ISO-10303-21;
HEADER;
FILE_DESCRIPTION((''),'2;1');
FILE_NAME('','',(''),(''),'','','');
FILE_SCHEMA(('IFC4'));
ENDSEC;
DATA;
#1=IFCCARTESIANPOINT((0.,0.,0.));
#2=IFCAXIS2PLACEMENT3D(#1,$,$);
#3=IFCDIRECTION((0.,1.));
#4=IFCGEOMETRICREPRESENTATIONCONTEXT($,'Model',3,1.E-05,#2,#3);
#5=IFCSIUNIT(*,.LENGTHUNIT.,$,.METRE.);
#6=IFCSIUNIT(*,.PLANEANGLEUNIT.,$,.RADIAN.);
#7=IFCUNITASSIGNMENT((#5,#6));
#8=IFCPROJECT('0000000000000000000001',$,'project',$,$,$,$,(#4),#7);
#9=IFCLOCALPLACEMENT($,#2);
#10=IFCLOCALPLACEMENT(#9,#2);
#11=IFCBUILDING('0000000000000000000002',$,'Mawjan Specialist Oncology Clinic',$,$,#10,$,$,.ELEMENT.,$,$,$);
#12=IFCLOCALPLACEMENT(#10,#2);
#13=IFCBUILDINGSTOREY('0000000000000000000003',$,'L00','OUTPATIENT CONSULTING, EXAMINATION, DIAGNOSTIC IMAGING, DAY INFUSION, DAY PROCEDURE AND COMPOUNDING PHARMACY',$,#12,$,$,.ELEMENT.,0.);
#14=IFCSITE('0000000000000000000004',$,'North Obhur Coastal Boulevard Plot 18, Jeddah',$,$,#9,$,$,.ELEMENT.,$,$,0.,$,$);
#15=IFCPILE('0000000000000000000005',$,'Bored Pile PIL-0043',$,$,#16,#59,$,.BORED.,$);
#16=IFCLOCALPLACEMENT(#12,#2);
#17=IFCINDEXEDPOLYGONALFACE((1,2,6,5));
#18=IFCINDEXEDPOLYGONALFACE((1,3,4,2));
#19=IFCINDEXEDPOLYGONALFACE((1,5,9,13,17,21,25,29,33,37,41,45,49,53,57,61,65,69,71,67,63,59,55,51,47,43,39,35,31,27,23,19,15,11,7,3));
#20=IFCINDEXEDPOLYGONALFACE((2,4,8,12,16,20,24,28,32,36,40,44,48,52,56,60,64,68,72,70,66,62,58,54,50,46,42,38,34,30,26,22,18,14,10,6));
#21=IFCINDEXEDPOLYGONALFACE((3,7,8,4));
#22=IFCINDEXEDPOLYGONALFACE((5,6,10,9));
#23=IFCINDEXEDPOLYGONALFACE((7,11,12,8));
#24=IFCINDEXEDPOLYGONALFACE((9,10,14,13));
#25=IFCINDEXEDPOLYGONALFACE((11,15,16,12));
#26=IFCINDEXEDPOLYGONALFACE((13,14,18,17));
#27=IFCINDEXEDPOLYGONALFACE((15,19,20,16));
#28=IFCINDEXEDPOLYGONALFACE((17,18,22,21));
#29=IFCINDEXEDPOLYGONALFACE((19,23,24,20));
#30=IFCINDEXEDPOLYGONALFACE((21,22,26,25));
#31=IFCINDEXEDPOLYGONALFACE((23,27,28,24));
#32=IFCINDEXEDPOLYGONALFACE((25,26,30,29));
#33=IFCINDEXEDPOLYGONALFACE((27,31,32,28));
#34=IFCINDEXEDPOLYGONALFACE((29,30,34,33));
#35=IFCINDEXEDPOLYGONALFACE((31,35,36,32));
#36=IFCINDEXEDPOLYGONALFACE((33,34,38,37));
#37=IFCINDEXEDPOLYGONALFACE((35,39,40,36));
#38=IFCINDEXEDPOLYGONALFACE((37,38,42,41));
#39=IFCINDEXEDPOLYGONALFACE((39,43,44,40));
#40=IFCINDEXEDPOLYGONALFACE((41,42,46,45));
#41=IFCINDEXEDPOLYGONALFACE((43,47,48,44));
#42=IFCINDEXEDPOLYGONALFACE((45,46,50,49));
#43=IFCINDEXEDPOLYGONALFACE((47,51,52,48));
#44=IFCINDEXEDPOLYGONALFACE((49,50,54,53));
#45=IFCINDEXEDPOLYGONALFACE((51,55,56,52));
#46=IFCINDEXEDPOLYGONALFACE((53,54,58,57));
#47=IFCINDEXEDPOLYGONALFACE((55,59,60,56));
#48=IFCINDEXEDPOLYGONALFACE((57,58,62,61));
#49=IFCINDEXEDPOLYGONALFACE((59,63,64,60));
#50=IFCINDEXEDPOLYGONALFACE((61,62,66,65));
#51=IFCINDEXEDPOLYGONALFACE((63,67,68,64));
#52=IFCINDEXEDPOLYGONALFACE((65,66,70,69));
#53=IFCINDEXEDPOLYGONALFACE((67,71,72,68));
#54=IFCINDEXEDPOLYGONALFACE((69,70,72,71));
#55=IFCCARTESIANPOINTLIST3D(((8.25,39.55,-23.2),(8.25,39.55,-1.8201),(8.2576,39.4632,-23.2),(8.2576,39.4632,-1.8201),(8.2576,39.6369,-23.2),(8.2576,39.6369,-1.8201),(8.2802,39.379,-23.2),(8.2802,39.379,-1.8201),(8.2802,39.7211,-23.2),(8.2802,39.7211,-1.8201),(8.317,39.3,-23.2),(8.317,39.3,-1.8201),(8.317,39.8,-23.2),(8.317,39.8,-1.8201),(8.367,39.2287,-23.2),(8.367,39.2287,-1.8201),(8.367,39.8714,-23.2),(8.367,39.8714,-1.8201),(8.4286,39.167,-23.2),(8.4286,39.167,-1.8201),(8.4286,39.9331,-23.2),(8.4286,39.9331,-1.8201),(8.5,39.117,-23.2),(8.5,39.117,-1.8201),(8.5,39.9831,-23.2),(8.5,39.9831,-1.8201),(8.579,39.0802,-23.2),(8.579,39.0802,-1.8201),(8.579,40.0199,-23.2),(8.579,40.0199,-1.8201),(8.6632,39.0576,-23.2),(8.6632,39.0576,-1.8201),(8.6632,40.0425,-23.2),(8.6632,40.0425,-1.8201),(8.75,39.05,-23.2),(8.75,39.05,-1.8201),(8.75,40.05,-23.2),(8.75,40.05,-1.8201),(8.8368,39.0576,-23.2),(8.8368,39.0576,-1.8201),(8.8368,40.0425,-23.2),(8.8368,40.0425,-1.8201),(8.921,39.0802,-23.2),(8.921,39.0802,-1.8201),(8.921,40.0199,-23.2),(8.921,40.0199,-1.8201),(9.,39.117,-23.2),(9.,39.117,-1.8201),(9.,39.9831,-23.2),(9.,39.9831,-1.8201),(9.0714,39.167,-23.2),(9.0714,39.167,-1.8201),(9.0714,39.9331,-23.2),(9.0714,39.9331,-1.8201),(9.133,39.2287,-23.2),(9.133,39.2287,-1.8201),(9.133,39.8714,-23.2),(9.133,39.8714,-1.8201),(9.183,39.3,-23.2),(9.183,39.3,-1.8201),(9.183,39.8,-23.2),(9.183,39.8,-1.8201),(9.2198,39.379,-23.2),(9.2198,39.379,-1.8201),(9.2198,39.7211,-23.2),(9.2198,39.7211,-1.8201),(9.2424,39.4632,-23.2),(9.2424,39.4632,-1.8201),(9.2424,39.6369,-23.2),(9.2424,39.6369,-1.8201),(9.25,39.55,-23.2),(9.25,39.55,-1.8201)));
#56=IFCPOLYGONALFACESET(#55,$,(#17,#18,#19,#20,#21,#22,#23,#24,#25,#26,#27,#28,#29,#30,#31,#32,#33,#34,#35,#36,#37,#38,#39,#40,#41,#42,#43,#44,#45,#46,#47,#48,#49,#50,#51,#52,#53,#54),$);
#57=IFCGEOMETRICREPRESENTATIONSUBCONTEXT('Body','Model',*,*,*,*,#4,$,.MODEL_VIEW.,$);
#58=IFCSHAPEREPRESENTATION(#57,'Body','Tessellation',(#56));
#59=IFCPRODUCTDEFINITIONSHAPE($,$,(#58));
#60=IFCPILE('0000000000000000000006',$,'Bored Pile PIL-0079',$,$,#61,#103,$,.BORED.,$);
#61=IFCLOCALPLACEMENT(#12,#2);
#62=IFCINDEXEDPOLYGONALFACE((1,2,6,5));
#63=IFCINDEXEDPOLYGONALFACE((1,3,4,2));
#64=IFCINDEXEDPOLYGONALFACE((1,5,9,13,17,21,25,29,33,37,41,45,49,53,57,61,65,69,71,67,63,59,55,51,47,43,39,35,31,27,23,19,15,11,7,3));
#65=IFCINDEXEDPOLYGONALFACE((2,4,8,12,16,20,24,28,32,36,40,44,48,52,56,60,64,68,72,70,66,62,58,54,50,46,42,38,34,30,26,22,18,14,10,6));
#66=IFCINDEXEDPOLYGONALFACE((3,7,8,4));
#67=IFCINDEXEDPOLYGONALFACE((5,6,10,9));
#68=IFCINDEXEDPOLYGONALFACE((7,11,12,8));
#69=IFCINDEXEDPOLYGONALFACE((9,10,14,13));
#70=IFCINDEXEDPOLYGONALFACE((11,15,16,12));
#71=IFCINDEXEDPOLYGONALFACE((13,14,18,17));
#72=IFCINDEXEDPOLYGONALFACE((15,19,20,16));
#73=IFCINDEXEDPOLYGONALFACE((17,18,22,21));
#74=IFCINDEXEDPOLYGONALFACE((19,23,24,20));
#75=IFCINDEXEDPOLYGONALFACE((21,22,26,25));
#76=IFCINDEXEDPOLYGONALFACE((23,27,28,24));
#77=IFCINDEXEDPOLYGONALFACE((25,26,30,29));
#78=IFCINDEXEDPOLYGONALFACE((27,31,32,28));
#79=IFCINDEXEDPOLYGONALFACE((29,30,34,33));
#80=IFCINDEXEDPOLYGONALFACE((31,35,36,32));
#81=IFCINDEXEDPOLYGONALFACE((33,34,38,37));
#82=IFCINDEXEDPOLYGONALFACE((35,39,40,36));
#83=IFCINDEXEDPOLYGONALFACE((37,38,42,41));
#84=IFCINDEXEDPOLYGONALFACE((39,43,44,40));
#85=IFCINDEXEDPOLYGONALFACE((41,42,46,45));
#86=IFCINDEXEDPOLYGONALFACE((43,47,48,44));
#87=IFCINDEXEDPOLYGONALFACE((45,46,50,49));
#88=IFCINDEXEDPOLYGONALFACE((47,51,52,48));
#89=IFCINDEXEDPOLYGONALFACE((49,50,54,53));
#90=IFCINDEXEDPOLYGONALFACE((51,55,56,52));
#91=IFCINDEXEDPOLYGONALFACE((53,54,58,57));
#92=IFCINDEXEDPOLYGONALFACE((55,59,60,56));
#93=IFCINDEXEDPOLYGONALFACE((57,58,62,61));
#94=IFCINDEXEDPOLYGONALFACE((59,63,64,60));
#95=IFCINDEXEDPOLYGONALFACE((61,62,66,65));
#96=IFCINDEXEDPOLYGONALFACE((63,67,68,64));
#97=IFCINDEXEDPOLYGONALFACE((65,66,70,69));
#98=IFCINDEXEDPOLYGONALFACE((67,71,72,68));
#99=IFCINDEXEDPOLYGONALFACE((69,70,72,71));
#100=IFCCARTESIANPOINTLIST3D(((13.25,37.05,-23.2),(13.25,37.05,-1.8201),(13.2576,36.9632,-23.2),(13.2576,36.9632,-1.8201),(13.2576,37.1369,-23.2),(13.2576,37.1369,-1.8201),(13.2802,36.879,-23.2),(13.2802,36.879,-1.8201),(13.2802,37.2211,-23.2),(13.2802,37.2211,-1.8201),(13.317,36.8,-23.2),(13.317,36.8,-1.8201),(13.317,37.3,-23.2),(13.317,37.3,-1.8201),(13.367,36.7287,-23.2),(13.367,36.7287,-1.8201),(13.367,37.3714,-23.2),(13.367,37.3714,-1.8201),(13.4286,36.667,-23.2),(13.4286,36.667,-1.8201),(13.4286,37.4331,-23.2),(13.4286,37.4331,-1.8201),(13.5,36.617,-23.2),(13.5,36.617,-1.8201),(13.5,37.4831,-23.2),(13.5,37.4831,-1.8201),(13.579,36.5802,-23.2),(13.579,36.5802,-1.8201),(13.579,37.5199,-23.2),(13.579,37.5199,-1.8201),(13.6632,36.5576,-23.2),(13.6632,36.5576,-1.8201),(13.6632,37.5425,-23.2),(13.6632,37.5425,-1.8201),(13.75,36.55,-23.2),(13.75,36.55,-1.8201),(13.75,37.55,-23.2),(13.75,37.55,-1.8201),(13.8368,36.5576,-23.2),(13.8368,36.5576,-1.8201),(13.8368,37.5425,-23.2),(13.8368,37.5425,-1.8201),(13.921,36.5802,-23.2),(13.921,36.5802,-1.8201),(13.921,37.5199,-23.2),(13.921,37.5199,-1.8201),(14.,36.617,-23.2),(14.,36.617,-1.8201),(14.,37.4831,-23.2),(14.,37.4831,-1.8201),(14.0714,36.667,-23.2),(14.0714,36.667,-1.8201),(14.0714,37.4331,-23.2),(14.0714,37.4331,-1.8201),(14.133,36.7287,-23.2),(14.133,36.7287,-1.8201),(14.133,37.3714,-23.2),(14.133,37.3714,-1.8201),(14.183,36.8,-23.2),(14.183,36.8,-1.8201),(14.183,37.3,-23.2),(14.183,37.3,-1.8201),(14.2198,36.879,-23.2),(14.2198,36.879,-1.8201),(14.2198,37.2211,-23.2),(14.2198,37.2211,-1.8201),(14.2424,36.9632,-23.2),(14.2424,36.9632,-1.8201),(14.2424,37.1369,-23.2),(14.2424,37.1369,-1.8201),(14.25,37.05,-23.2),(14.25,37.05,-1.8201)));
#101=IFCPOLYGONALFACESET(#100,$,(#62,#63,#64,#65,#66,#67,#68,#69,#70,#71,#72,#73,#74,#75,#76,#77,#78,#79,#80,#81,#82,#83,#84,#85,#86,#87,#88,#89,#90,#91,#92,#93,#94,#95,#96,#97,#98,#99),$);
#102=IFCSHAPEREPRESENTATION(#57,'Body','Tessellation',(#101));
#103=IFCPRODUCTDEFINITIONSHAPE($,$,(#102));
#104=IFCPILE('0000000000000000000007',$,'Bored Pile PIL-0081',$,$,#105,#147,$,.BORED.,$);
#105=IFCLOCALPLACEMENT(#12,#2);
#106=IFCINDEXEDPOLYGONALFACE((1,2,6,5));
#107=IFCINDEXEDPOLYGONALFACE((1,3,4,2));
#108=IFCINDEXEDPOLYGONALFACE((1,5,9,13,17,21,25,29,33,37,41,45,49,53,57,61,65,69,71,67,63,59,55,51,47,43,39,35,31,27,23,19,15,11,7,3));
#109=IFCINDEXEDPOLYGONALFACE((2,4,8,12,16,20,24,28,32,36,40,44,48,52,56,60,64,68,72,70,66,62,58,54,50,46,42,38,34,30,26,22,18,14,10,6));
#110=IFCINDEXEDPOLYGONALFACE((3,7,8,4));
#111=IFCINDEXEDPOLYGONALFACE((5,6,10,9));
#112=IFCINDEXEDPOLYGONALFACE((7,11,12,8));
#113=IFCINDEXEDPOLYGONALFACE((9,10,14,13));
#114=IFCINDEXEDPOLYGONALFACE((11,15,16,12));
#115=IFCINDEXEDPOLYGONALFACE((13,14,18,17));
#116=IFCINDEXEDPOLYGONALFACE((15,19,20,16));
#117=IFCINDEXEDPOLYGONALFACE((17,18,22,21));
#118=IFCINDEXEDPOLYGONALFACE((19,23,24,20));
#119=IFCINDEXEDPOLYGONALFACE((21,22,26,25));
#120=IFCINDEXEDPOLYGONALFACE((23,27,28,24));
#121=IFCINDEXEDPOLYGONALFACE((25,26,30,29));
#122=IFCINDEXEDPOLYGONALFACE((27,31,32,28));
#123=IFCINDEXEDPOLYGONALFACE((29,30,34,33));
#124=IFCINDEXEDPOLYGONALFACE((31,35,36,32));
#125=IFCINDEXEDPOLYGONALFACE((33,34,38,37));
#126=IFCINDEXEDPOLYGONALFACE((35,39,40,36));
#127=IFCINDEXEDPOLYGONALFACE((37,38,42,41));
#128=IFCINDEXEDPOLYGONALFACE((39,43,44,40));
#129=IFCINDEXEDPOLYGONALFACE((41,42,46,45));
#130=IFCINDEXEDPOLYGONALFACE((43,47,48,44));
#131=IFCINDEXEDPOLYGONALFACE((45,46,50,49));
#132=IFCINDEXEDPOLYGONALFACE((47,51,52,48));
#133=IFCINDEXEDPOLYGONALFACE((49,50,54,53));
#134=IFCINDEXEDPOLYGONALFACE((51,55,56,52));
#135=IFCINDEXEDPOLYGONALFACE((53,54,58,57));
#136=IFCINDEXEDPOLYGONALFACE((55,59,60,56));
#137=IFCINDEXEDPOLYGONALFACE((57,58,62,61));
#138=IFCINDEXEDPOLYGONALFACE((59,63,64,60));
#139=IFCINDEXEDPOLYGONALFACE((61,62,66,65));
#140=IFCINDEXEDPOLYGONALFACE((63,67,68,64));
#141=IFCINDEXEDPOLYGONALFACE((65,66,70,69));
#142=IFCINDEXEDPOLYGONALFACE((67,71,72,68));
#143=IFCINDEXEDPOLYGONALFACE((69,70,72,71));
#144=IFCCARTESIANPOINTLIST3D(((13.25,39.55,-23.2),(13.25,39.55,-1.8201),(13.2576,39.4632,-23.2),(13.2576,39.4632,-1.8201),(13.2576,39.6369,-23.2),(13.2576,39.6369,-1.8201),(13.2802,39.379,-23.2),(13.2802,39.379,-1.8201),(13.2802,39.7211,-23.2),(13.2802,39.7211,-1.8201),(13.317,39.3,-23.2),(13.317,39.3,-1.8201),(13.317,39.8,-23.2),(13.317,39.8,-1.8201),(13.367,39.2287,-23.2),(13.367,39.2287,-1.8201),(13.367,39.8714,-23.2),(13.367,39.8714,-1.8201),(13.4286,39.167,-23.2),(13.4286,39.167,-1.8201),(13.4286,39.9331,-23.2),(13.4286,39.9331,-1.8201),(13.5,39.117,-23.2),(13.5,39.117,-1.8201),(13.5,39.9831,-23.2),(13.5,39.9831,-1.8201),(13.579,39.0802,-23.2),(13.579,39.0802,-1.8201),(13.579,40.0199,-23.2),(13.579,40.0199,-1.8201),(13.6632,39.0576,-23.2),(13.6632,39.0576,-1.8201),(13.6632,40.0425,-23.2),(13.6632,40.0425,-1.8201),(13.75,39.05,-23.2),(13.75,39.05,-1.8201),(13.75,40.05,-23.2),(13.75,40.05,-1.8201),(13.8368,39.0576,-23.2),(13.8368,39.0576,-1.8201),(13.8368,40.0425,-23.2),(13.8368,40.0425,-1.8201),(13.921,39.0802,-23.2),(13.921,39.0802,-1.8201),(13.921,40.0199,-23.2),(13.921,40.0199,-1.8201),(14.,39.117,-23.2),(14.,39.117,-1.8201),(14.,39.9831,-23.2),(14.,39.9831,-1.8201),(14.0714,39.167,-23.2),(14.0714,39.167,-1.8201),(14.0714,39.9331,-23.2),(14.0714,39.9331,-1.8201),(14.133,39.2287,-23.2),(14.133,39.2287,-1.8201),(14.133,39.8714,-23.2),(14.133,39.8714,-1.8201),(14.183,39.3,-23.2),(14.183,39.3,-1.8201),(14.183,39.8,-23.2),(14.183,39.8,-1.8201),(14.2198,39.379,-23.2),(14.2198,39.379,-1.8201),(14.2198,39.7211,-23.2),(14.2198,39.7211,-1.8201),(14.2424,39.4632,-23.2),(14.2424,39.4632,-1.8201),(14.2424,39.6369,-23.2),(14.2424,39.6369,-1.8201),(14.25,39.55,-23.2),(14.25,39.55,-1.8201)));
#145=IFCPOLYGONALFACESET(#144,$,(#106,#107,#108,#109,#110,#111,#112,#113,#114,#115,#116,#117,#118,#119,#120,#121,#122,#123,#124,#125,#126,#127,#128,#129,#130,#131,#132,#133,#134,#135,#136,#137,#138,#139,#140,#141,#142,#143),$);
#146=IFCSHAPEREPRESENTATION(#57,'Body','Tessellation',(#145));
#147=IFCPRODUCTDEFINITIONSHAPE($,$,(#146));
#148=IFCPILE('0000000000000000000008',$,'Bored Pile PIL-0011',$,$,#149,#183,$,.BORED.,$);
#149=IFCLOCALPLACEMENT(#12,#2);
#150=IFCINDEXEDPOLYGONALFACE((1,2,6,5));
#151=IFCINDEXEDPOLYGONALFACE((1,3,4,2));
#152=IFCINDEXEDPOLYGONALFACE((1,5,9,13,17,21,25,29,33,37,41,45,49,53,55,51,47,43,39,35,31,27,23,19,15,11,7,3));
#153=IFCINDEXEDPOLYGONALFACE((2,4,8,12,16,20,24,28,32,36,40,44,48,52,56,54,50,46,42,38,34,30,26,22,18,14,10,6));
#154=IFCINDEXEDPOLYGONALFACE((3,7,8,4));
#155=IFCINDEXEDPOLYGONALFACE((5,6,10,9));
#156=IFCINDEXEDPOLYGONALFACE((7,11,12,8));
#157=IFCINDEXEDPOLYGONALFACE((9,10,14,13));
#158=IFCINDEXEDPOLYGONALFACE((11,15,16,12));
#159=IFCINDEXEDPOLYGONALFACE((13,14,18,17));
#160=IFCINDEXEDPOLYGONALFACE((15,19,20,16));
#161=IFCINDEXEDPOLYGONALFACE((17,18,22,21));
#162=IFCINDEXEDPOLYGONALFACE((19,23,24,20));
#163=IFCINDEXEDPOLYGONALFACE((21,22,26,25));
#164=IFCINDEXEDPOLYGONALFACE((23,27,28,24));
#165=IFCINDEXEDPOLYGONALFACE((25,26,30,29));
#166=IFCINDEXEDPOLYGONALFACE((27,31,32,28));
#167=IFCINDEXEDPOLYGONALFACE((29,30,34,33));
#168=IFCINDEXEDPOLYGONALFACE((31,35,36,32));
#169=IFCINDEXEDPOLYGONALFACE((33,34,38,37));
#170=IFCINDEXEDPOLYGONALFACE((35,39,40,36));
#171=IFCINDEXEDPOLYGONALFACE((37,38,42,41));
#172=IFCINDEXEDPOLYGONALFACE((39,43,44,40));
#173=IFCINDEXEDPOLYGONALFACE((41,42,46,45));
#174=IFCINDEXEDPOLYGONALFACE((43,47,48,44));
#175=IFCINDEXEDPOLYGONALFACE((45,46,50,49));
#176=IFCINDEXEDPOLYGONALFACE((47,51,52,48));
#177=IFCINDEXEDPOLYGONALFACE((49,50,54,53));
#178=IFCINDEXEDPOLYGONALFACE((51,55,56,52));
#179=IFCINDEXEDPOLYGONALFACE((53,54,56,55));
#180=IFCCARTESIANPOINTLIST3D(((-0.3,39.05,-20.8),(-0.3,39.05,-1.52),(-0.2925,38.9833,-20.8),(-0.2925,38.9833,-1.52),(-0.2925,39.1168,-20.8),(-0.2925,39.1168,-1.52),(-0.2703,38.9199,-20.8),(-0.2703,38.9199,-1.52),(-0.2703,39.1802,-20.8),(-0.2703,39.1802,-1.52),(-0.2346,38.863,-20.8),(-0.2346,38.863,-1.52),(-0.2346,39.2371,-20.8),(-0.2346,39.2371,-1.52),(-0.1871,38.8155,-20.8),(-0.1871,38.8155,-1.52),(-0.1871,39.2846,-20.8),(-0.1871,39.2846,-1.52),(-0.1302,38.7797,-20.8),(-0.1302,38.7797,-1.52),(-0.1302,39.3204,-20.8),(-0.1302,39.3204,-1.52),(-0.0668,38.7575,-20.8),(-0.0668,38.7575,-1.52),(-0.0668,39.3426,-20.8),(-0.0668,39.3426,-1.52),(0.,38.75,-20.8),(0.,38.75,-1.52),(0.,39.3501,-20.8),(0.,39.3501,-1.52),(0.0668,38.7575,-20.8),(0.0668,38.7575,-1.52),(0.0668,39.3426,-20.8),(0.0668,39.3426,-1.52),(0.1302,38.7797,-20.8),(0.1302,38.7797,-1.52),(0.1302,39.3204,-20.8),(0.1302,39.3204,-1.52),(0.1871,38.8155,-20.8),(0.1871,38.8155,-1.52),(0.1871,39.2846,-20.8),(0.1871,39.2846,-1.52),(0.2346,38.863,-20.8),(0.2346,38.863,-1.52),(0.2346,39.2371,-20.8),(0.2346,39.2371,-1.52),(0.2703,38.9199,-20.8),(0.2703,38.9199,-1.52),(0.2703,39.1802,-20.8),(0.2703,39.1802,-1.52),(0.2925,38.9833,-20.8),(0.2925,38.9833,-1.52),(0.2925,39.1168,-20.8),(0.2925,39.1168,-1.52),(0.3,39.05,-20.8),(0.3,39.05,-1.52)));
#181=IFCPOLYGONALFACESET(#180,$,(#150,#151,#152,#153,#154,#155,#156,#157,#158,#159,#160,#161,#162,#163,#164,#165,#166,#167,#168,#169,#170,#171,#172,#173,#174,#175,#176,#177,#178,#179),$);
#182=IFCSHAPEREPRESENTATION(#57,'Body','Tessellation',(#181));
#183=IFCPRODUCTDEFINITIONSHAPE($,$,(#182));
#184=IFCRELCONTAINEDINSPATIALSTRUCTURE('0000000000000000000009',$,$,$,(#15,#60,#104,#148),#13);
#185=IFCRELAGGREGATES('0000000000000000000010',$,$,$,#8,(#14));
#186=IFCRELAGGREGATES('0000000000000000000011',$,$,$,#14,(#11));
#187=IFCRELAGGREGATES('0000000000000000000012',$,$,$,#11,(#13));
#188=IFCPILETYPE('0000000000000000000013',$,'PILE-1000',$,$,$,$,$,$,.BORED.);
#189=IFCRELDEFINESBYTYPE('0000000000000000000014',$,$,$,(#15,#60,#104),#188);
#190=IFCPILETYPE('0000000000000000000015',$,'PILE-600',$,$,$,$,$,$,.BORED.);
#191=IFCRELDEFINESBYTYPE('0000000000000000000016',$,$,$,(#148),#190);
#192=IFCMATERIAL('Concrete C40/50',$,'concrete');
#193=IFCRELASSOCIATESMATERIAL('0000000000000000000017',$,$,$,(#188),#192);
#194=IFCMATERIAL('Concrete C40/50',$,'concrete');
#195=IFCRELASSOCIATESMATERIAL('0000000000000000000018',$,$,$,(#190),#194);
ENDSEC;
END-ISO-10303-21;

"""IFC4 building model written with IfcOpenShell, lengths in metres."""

from ifc_helpers import new_model, si_unit, direction, frame, origin, origin_2d, place, context, subcontext, project, spatial, circle, extrude, material, material_profile, profile_set, type_object, element, save


model = new_model("IFC4")

# Units and contexts
model_context = context("Model", 3, precision=1e-05, world=origin(), true_north=direction((0.0, 1.0)))
body_context = subcontext(model_context, "Body", "Model", "MODEL_VIEW")
ifc_project = project(units=[si_unit("LENGTHUNIT", "METRE"), si_unit("PLANEANGLEUNIT", "RADIAN")], contexts=[model_context])

# Site, building, storey
site_placement = place(None, origin())
site = spatial("IfcSite", under=ifc_project, at=site_placement, Name="North Obhur Coastal Boulevard Plot 18, Jeddah", CompositionType="ELEMENT", RefElevation=0.0)
building_placement = place(site_placement, origin())
building = spatial("IfcBuilding", under=site, at=building_placement, Name="Mawjan Specialist Oncology Clinic", CompositionType="ELEMENT")
storey_placement = place(building_placement, origin())
storey = spatial("IfcBuildingStorey", under=building, at=storey_placement, Name="L00", Description="OUTPATIENT CONSULTING, EXAMINATION, DIAGNOSTIC IMAGING, DAY INFUSION, DAY PROCEDURE AND COMPOUNDING PHARMACY", CompositionType="ELEMENT", Elevation=0.0)

# Piles
ifc_material_1 = material(Name="Concrete C40/50", Category="concrete")
ifc_material_profile_1 = material_profile(ifc_material_1, circle(Radius=0.5, at=origin_2d()), Name="BORED PILE D1000", Category="concrete")
ifc_profile_set_1 = profile_set([ifc_material_profile_1], Name="Concrete C40/50")
pile_type_1 = type_object("IfcPileType", Name="PILE-1000", PredefinedType="BORED", material=ifc_profile_set_1)
for number, where, z_axis, x_axis, name in (
    (1, (8.75, 39.55, -1.8201), (0.0, 0.0, -1.0), (1.0, 0.0, 0.0), "Bored Pile PIL-0043"),
    (2, (13.75, 37.05, -1.8201), (0.0, 0.0, -1.0), (1.0, 0.0, 0.0), "Bored Pile PIL-0079"),
    (3, (13.75, 39.55, -1.8201), (0.0, 0.0, -1.0), (1.0, 0.0, 0.0), "Bored Pile PIL-0081"),
):
    element("IfcPile", number, at=place(storey_placement, frame(where, z_axis=z_axis, x_axis=x_axis)), inside=storey, type_object=pile_type_1, Name=name, PredefinedType="BORED", context=body_context, shape_type="SweptSolid", body=[
        extrude(circle(Radius=0.5, at=origin_2d()), origin(), (0.0, 0.0, 1.0), 21.3799),
    ])
ifc_material_2 = material(Name="Concrete C40/50", Category="concrete")
ifc_material_profile_2 = material_profile(ifc_material_2, circle(Radius=0.3, at=origin_2d()), Name="BORED PILE D600", Category="concrete")
ifc_profile_set_2 = profile_set([ifc_material_profile_2], Name="Concrete C40/50")
pile_type_2 = type_object("IfcPileType", Name="PILE-600", PredefinedType="BORED", material=ifc_profile_set_2)
pile_placement = place(storey_placement, frame((0.0, 39.05, -1.52), z_axis=(0.0, 0.0, -1.0), x_axis=(1.0, 0.0, 0.0)))
element("IfcPile", 4, at=pile_placement, inside=storey, type_object=pile_type_2, Name="Bored Pile PIL-0011", PredefinedType="BORED", context=body_context, shape_type="SweptSolid", body=[
    extrude(circle(Radius=0.3, at=origin_2d()), origin(), (0.0, 0.0, 1.0), 19.28),
])

save(model, "model.ifc")
